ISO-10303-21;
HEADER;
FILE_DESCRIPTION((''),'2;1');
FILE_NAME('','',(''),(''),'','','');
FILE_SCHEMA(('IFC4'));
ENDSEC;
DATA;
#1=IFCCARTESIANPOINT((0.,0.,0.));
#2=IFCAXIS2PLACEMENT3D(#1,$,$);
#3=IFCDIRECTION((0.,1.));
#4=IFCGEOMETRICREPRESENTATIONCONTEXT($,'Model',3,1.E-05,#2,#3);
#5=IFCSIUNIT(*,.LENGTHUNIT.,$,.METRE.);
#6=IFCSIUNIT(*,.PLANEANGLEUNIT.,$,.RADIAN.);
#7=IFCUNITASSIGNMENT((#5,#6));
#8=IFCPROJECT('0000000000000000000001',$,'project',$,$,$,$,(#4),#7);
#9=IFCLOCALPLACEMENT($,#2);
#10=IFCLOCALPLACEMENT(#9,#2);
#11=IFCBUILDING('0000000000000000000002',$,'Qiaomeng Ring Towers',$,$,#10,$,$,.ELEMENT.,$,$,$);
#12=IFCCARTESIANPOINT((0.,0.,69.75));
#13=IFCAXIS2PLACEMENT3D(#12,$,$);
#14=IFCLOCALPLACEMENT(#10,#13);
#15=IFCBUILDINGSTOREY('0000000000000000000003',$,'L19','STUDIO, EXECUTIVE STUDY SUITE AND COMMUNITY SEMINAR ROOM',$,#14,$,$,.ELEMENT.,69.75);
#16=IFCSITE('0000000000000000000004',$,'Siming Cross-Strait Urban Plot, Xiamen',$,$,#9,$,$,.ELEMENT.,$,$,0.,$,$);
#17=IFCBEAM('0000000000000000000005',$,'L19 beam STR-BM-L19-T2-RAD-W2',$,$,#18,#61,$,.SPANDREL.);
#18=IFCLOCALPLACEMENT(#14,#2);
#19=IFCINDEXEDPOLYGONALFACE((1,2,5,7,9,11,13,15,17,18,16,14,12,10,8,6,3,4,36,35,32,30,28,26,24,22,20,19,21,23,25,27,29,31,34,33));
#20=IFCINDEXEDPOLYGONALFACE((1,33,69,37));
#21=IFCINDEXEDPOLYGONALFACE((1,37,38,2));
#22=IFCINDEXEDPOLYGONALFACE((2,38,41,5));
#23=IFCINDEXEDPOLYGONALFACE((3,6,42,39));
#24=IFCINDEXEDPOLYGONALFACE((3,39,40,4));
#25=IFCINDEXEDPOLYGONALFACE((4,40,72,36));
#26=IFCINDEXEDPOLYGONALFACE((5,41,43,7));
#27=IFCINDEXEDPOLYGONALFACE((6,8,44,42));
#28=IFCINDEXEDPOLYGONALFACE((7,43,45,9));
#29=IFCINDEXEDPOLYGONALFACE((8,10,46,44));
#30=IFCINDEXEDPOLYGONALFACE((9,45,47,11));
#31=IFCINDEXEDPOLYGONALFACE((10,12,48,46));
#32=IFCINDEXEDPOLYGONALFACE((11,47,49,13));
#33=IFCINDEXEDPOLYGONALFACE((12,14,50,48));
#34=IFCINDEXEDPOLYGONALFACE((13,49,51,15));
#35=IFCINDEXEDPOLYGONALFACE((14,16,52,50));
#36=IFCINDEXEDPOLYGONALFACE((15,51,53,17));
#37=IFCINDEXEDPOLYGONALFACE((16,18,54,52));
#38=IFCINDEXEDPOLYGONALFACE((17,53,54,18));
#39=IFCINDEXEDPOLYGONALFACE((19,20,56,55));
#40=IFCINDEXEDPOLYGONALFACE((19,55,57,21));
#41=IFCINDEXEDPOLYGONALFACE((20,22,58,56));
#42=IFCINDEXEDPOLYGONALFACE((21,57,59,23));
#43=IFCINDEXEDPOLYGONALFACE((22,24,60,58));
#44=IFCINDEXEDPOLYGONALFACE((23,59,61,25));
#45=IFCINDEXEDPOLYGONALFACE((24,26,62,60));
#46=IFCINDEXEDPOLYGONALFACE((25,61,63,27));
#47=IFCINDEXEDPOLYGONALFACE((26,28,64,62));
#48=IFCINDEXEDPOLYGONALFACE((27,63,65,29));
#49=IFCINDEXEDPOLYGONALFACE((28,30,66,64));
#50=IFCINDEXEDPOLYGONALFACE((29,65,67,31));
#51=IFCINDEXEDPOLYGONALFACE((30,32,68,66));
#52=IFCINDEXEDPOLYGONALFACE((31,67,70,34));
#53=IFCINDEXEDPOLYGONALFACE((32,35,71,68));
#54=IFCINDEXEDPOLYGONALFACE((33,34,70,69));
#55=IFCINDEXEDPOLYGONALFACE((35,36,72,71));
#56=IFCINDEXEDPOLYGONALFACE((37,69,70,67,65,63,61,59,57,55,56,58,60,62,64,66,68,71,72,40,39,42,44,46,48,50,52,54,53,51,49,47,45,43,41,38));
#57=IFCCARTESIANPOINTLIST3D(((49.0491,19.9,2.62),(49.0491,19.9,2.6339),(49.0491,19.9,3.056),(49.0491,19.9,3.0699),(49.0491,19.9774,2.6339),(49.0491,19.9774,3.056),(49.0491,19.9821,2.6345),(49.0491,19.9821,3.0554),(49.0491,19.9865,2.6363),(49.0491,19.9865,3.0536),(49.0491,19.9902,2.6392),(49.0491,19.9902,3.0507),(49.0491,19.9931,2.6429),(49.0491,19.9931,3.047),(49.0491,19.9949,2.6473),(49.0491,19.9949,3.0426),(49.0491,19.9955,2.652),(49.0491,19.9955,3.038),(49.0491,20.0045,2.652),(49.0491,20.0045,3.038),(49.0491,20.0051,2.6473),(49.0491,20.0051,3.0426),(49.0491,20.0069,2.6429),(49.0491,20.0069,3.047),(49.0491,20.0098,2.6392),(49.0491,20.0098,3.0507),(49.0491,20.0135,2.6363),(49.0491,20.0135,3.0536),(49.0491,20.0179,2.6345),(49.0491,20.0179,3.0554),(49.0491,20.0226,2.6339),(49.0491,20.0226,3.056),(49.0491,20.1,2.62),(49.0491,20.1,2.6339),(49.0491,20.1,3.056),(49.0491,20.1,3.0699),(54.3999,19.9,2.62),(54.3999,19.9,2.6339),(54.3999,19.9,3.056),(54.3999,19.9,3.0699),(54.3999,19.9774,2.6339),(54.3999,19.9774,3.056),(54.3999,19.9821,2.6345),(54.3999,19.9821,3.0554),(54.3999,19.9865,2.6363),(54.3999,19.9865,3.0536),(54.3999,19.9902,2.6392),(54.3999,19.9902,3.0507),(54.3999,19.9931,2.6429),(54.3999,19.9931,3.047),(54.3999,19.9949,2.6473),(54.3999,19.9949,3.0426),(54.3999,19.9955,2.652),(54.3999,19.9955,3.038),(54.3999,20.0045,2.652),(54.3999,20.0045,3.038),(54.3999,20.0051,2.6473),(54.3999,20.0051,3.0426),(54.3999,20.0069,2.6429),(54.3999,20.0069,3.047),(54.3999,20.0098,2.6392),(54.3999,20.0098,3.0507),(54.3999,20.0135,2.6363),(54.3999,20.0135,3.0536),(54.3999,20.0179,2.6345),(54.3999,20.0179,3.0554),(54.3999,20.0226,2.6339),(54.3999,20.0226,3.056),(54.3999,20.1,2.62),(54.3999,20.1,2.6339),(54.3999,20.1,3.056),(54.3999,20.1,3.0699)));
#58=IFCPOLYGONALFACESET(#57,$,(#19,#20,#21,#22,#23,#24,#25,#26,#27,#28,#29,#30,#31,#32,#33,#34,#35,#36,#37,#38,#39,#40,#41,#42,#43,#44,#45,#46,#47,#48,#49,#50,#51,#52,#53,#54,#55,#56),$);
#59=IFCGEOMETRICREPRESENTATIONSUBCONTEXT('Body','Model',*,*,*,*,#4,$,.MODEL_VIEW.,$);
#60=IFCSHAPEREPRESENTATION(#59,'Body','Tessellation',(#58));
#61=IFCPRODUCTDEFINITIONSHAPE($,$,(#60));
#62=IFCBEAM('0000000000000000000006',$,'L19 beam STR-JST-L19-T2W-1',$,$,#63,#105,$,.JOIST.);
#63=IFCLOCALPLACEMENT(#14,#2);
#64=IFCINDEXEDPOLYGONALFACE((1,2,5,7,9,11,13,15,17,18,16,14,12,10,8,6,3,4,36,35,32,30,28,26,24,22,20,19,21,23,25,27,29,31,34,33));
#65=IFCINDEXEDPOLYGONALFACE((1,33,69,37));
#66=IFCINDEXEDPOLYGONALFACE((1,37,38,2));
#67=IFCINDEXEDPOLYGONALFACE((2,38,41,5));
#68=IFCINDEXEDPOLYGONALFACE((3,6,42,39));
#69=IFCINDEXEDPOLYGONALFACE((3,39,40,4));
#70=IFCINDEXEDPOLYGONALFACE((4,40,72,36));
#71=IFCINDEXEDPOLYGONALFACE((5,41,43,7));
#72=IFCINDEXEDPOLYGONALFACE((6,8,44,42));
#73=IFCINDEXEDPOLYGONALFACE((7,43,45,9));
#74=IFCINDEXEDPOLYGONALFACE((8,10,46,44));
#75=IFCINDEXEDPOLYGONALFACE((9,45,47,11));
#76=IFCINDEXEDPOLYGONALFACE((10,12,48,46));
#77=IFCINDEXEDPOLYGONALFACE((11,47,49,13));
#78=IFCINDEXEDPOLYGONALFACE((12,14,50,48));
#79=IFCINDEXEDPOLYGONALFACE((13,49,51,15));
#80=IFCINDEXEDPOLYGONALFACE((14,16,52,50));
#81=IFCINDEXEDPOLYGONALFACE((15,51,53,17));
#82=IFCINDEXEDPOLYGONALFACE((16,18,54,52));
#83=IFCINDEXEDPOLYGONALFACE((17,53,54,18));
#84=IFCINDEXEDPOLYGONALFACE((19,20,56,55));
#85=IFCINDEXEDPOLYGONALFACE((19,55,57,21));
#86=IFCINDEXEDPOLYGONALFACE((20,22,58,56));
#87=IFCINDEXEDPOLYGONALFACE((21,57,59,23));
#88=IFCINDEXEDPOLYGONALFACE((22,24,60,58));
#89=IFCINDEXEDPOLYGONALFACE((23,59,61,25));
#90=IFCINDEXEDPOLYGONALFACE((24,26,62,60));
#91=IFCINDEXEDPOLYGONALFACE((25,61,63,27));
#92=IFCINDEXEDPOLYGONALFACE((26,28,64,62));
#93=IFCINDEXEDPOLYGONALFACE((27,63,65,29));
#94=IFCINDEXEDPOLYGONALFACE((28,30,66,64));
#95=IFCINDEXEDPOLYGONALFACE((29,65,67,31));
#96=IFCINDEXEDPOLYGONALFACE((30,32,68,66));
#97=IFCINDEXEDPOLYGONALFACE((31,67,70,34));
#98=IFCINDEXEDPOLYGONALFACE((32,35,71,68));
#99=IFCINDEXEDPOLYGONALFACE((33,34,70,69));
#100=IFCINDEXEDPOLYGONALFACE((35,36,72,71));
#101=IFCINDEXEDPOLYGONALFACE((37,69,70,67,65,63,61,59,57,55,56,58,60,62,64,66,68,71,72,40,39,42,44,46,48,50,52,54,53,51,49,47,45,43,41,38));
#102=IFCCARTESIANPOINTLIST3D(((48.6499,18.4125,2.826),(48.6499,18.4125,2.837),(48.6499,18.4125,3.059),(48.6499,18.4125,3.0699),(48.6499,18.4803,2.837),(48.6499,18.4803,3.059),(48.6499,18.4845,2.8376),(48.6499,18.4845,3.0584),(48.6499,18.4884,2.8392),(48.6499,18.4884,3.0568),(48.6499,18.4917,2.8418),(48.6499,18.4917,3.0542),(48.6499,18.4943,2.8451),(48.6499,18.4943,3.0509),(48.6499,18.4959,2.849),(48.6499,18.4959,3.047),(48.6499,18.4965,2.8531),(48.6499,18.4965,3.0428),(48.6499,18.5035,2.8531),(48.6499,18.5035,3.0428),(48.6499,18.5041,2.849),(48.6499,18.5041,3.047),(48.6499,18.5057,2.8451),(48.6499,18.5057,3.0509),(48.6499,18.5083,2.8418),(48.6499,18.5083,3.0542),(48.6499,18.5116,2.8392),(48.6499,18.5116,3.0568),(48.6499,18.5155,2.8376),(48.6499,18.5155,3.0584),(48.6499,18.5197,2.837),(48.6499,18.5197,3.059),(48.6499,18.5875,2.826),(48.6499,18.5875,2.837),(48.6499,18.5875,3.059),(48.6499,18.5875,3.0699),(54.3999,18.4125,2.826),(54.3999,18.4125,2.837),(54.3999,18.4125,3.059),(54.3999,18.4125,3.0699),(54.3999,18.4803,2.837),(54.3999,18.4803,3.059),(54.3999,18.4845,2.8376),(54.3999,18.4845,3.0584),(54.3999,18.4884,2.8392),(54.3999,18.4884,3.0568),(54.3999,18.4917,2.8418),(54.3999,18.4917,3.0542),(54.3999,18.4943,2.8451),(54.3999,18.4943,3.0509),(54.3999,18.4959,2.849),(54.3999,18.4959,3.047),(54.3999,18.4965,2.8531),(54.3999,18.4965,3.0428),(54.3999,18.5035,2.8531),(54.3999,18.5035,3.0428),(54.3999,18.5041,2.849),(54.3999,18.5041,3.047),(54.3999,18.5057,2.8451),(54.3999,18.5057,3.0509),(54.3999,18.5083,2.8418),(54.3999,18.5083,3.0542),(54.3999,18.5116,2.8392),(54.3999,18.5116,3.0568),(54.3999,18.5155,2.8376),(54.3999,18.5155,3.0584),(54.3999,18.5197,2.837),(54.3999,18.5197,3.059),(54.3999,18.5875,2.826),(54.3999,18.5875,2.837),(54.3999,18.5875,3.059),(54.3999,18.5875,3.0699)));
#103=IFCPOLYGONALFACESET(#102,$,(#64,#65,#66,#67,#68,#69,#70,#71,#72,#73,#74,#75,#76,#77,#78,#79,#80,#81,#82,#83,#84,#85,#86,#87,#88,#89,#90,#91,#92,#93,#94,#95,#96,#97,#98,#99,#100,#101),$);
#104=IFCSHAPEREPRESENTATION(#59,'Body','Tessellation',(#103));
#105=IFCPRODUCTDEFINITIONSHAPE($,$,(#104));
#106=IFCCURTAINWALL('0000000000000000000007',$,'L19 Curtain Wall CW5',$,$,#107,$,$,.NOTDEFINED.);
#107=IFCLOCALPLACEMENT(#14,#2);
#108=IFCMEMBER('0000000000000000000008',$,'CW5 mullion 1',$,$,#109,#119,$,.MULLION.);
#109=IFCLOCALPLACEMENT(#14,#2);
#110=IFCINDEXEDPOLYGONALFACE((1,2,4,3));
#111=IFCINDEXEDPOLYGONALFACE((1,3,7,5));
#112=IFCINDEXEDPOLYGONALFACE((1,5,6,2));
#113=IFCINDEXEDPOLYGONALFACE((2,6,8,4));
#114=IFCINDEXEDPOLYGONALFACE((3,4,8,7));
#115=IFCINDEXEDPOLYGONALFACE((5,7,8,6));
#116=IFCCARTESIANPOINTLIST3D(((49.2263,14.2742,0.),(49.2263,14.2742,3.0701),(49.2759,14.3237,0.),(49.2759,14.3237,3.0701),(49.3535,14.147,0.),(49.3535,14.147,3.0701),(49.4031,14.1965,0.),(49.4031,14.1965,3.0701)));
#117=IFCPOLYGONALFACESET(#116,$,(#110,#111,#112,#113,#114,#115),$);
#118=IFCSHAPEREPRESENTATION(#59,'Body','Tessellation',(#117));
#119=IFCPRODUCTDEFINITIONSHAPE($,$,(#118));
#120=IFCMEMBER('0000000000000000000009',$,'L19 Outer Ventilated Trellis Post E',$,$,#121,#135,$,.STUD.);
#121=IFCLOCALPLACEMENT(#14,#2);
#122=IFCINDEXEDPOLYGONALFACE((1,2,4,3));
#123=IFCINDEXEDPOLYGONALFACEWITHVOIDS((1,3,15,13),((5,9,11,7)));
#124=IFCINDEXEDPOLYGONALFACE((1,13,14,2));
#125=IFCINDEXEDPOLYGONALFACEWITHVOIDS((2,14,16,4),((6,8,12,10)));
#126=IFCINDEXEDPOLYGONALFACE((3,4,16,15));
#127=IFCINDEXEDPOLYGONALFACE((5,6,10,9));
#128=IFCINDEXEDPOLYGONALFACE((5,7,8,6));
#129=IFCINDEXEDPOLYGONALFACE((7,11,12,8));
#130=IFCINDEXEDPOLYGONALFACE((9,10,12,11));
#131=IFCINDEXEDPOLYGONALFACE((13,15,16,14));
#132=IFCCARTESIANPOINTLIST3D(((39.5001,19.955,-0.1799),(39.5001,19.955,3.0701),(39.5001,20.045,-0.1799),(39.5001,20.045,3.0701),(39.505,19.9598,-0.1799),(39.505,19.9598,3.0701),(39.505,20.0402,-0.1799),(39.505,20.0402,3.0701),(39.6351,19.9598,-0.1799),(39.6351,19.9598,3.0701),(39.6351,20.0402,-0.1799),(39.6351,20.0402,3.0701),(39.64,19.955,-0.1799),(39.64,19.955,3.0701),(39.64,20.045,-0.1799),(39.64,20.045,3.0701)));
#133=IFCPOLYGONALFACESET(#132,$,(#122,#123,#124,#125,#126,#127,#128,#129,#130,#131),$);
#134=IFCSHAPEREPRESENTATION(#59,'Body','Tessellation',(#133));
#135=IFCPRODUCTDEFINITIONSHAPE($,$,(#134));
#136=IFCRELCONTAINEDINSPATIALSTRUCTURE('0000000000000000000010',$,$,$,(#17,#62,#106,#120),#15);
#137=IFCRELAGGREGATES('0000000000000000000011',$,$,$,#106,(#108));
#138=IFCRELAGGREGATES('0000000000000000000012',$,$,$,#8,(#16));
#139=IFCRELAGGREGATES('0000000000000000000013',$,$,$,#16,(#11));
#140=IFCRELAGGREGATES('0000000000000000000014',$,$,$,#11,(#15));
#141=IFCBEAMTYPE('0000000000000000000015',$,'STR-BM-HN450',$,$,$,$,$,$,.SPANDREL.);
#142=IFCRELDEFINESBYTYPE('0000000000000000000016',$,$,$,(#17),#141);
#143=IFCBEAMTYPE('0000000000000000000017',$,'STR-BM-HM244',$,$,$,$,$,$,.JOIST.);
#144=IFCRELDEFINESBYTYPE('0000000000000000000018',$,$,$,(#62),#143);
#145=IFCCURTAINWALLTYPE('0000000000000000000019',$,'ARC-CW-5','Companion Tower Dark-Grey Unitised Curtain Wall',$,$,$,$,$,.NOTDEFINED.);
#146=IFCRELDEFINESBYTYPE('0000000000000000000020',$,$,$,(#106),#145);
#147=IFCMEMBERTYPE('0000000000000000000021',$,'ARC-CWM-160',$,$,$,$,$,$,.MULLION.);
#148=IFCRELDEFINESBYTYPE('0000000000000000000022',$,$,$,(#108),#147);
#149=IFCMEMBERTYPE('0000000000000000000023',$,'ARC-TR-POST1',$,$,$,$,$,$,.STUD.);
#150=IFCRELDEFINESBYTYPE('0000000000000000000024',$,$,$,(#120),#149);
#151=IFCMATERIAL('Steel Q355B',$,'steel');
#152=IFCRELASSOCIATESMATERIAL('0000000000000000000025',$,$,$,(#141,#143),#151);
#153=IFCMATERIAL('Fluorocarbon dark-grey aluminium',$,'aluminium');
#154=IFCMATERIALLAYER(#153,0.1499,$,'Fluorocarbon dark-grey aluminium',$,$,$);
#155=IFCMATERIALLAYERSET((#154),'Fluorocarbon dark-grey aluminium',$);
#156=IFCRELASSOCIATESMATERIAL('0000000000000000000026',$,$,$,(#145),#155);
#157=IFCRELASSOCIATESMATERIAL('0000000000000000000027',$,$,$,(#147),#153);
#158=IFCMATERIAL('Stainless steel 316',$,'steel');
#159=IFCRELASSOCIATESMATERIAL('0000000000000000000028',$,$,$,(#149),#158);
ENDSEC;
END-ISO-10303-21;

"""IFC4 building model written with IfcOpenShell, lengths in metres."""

from ifc_helpers import new_model, si_unit, direction, frame, origin, origin_2d, place, context, subcontext, project, spatial, rectangle, hollow_rectangle, i_section, extrude, source, transform, mapped, material, layer, layer_set, material_profile, profile_set, type_object, element, aggregate, save


model = new_model("IFC4")

# Units and contexts
model_context = context("Model", 3, precision=1e-05, world=origin(), true_north=direction((0.0, 1.0)))
body_context = subcontext(model_context, "Body", "Model", "MODEL_VIEW")
ifc_project = project(units=[si_unit("LENGTHUNIT", "METRE"), si_unit("PLANEANGLEUNIT", "RADIAN")], contexts=[model_context])

# Site, building, storey
site_placement = place(None, origin())
site = spatial("IfcSite", under=ifc_project, at=site_placement, Name="Siming Cross-Strait Urban Plot, Xiamen", CompositionType="ELEMENT", RefElevation=0.0)
building_placement = place(site_placement, origin())
building = spatial("IfcBuilding", under=site, at=building_placement, Name="Qiaomeng Ring Towers", CompositionType="ELEMENT")
storey_placement = place(building_placement, frame((0.0, 0.0, 69.75)))
storey = spatial("IfcBuildingStorey", under=building, at=storey_placement, Name="L19", Description="STUDIO, EXECUTIVE STUDY SUITE AND COMMUNITY SEMINAR ROOM", CompositionType="ELEMENT", Elevation=69.75)

# Beams
ifc_material_1 = material(Name="Steel Q355B", Category="steel")
ifc_material_profile_1 = material_profile(ifc_material_1, i_section(OverallWidth=0.2, OverallDepth=0.45, WebThickness=0.009, FlangeThickness=0.0139, FilletRadius=0.0181, at=origin_2d()), Name="HN 450x200x9x14")
ifc_profile_set_1 = profile_set([ifc_material_profile_1], Name="Steel Q355B")
beam_type_1 = type_object("IfcBeamType", Name="STR-BM-HN450", PredefinedType="SPANDREL", material=ifc_profile_set_1)
shared_shape_1 = source(origin(), body_context, "Body", "SweptSolid", [
    extrude(i_section(OverallWidth=0.2, OverallDepth=0.45, WebThickness=0.009, FlangeThickness=0.0139, FilletRadius=0.0181, at=origin_2d()), origin(), (0.0, 0.0, 1.0), 5.3508),
])
beam_1_placement = place(storey_placement, frame((49.0491, 20.0, 2.845), z_axis=(1.0, 0.0, 0.0), x_axis=(0.0, 1.0, 0.0)))
element("IfcBeam", 1, at=beam_1_placement, inside=storey, type_object=beam_type_1, Name="L19 beam STR-BM-L19-T2-RAD-W2", PredefinedType="SPANDREL", context=body_context, shape_type="MappedRepresentation", body=[
    mapped(shared_shape_1, transform((0.0, 0.0, 0.0), x_axis=(1.0, 0.0, 0.0), y_axis=(0.0, 1.0, 0.0), z_axis=(0.0, 0.0, 1.0), scale=1.0)),
])
ifc_material_profile_2 = material_profile(ifc_material_1, i_section(OverallWidth=0.175, OverallDepth=0.2439, WebThickness=0.0071, FlangeThickness=0.011, FilletRadius=0.0161, at=origin_2d()), Name="HM 244x175x7x11")
ifc_profile_set_2 = profile_set([ifc_material_profile_2], Name="Steel Q355B")
beam_type_2 = type_object("IfcBeamType", Name="STR-BM-HM244", PredefinedType="JOIST", material=ifc_profile_set_2)
shared_shape_2 = source(origin(), body_context, "Body", "SweptSolid", [
    extrude(i_section(OverallWidth=0.175, OverallDepth=0.2439, WebThickness=0.0071, FlangeThickness=0.011, FilletRadius=0.0161, at=origin_2d()), origin(), (0.0, 0.0, 1.0), 5.75),
])
beam_2_placement = place(storey_placement, frame((48.6499, 18.5, 2.948), z_axis=(1.0, 0.0, 0.0), x_axis=(0.0, 1.0, 0.0)))
element("IfcBeam", 2, at=beam_2_placement, inside=storey, type_object=beam_type_2, Name="L19 beam STR-JST-L19-T2W-1", PredefinedType="JOIST", context=body_context, shape_type="MappedRepresentation", body=[
    mapped(shared_shape_2, transform((0.0, 0.0, 0.0), x_axis=(1.0, 0.0, 0.0), y_axis=(0.0, 1.0, 0.0), z_axis=(0.0, 0.0, 1.0), scale=1.0)),
])

# Curtain wall, member
ifc_material_2 = material(Name="Fluorocarbon dark-grey aluminium", Category="aluminium")
ifc_layer_1 = layer(ifc_material_2, 0.1499, Name="Fluorocarbon dark-grey aluminium")
ifc_layer_set_1 = layer_set([ifc_layer_1], Name="Fluorocarbon dark-grey aluminium")
curtain_wall_type = type_object("IfcCurtainWallType", Name="ARC-CW-5", Description="Companion Tower Dark-Grey Unitised Curtain Wall", PredefinedType="NOTDEFINED", material=ifc_layer_set_1)
curtain_wall_placement = place(storey_placement, origin())
curtain_wall = element("IfcCurtainWall", 3, at=curtain_wall_placement, inside=storey, type_object=curtain_wall_type, Name="L19 Curtain Wall CW5", PredefinedType="NOTDEFINED")
ifc_material_profile_3 = material_profile(ifc_material_2, rectangle(XDim=0.0701, YDim=0.1799, at=origin_2d()), Name="ALU MULL 70x180")
ifc_profile_set_3 = profile_set([ifc_material_profile_3], Name="Fluorocarbon dark-grey aluminium")
member_type_1 = type_object("IfcMemberType", Name="ARC-CWM-160", PredefinedType="MULLION", material=ifc_profile_set_3)
shared_shape_3 = source(origin(), body_context, "Body", "SweptSolid", [
    extrude(rectangle(XDim=0.0701, YDim=0.1799, at=origin_2d()), origin(), (0.0, 0.0, 1.0), 3.0701),
])
member_1_placement = place(storey_placement, frame((49.3147, 14.2354, 0.0), z_axis=(0.0, 0.0, 1.0), x_axis=(0.707107, 0.707107, 0.0)))
member_1 = element("IfcMember", 4, at=member_1_placement, type_object=member_type_1, Name="CW5 mullion 1", PredefinedType="MULLION", context=body_context, shape_type="MappedRepresentation", body=[
    mapped(shared_shape_3, transform((0.0, 0.0, 0.0), x_axis=(1.0, 0.0, 0.0), y_axis=(0.0, 1.0, 0.0), z_axis=(0.0, 0.0, 1.0), scale=1.0)),
])
aggregate(curtain_wall, [member_1])

# Member
ifc_material_3 = material(Name="Stainless steel 316", Category="steel")
ifc_material_profile_4 = material_profile(ifc_material_3, hollow_rectangle(XDim=0.0901, YDim=0.1399, WallThickness=0.0049, at=origin_2d()), Name="SS TRELLIS 90x140")
ifc_profile_set_4 = profile_set([ifc_material_profile_4], Name="Stainless steel 316")
member_type_2 = type_object("IfcMemberType", Name="ARC-TR-POST1", PredefinedType="STUD", material=ifc_profile_set_4)
shared_shape_4 = source(origin(), body_context, "Body", "SweptSolid", [
    extrude(hollow_rectangle(XDim=0.0901, YDim=0.1399, WallThickness=0.0049, at=origin_2d()), origin(), (0.0, 0.0, 1.0), 3.25),
])
member_2_placement = place(storey_placement, frame((39.5701, 20.0, -0.1799), z_axis=(0.0, 0.0, 1.0), x_axis=(0.0, 1.0, 0.0)))
element("IfcMember", 5, at=member_2_placement, inside=storey, type_object=member_type_2, Name="L19 Outer Ventilated Trellis Post E", PredefinedType="STUD", context=body_context, shape_type="MappedRepresentation", body=[
    mapped(shared_shape_4, transform((0.0, 0.0, 0.0), x_axis=(1.0, 0.0, 0.0), y_axis=(0.0, 1.0, 0.0), z_axis=(0.0, 0.0, 1.0), scale=1.0)),
])

save(model, "model.ifc")
